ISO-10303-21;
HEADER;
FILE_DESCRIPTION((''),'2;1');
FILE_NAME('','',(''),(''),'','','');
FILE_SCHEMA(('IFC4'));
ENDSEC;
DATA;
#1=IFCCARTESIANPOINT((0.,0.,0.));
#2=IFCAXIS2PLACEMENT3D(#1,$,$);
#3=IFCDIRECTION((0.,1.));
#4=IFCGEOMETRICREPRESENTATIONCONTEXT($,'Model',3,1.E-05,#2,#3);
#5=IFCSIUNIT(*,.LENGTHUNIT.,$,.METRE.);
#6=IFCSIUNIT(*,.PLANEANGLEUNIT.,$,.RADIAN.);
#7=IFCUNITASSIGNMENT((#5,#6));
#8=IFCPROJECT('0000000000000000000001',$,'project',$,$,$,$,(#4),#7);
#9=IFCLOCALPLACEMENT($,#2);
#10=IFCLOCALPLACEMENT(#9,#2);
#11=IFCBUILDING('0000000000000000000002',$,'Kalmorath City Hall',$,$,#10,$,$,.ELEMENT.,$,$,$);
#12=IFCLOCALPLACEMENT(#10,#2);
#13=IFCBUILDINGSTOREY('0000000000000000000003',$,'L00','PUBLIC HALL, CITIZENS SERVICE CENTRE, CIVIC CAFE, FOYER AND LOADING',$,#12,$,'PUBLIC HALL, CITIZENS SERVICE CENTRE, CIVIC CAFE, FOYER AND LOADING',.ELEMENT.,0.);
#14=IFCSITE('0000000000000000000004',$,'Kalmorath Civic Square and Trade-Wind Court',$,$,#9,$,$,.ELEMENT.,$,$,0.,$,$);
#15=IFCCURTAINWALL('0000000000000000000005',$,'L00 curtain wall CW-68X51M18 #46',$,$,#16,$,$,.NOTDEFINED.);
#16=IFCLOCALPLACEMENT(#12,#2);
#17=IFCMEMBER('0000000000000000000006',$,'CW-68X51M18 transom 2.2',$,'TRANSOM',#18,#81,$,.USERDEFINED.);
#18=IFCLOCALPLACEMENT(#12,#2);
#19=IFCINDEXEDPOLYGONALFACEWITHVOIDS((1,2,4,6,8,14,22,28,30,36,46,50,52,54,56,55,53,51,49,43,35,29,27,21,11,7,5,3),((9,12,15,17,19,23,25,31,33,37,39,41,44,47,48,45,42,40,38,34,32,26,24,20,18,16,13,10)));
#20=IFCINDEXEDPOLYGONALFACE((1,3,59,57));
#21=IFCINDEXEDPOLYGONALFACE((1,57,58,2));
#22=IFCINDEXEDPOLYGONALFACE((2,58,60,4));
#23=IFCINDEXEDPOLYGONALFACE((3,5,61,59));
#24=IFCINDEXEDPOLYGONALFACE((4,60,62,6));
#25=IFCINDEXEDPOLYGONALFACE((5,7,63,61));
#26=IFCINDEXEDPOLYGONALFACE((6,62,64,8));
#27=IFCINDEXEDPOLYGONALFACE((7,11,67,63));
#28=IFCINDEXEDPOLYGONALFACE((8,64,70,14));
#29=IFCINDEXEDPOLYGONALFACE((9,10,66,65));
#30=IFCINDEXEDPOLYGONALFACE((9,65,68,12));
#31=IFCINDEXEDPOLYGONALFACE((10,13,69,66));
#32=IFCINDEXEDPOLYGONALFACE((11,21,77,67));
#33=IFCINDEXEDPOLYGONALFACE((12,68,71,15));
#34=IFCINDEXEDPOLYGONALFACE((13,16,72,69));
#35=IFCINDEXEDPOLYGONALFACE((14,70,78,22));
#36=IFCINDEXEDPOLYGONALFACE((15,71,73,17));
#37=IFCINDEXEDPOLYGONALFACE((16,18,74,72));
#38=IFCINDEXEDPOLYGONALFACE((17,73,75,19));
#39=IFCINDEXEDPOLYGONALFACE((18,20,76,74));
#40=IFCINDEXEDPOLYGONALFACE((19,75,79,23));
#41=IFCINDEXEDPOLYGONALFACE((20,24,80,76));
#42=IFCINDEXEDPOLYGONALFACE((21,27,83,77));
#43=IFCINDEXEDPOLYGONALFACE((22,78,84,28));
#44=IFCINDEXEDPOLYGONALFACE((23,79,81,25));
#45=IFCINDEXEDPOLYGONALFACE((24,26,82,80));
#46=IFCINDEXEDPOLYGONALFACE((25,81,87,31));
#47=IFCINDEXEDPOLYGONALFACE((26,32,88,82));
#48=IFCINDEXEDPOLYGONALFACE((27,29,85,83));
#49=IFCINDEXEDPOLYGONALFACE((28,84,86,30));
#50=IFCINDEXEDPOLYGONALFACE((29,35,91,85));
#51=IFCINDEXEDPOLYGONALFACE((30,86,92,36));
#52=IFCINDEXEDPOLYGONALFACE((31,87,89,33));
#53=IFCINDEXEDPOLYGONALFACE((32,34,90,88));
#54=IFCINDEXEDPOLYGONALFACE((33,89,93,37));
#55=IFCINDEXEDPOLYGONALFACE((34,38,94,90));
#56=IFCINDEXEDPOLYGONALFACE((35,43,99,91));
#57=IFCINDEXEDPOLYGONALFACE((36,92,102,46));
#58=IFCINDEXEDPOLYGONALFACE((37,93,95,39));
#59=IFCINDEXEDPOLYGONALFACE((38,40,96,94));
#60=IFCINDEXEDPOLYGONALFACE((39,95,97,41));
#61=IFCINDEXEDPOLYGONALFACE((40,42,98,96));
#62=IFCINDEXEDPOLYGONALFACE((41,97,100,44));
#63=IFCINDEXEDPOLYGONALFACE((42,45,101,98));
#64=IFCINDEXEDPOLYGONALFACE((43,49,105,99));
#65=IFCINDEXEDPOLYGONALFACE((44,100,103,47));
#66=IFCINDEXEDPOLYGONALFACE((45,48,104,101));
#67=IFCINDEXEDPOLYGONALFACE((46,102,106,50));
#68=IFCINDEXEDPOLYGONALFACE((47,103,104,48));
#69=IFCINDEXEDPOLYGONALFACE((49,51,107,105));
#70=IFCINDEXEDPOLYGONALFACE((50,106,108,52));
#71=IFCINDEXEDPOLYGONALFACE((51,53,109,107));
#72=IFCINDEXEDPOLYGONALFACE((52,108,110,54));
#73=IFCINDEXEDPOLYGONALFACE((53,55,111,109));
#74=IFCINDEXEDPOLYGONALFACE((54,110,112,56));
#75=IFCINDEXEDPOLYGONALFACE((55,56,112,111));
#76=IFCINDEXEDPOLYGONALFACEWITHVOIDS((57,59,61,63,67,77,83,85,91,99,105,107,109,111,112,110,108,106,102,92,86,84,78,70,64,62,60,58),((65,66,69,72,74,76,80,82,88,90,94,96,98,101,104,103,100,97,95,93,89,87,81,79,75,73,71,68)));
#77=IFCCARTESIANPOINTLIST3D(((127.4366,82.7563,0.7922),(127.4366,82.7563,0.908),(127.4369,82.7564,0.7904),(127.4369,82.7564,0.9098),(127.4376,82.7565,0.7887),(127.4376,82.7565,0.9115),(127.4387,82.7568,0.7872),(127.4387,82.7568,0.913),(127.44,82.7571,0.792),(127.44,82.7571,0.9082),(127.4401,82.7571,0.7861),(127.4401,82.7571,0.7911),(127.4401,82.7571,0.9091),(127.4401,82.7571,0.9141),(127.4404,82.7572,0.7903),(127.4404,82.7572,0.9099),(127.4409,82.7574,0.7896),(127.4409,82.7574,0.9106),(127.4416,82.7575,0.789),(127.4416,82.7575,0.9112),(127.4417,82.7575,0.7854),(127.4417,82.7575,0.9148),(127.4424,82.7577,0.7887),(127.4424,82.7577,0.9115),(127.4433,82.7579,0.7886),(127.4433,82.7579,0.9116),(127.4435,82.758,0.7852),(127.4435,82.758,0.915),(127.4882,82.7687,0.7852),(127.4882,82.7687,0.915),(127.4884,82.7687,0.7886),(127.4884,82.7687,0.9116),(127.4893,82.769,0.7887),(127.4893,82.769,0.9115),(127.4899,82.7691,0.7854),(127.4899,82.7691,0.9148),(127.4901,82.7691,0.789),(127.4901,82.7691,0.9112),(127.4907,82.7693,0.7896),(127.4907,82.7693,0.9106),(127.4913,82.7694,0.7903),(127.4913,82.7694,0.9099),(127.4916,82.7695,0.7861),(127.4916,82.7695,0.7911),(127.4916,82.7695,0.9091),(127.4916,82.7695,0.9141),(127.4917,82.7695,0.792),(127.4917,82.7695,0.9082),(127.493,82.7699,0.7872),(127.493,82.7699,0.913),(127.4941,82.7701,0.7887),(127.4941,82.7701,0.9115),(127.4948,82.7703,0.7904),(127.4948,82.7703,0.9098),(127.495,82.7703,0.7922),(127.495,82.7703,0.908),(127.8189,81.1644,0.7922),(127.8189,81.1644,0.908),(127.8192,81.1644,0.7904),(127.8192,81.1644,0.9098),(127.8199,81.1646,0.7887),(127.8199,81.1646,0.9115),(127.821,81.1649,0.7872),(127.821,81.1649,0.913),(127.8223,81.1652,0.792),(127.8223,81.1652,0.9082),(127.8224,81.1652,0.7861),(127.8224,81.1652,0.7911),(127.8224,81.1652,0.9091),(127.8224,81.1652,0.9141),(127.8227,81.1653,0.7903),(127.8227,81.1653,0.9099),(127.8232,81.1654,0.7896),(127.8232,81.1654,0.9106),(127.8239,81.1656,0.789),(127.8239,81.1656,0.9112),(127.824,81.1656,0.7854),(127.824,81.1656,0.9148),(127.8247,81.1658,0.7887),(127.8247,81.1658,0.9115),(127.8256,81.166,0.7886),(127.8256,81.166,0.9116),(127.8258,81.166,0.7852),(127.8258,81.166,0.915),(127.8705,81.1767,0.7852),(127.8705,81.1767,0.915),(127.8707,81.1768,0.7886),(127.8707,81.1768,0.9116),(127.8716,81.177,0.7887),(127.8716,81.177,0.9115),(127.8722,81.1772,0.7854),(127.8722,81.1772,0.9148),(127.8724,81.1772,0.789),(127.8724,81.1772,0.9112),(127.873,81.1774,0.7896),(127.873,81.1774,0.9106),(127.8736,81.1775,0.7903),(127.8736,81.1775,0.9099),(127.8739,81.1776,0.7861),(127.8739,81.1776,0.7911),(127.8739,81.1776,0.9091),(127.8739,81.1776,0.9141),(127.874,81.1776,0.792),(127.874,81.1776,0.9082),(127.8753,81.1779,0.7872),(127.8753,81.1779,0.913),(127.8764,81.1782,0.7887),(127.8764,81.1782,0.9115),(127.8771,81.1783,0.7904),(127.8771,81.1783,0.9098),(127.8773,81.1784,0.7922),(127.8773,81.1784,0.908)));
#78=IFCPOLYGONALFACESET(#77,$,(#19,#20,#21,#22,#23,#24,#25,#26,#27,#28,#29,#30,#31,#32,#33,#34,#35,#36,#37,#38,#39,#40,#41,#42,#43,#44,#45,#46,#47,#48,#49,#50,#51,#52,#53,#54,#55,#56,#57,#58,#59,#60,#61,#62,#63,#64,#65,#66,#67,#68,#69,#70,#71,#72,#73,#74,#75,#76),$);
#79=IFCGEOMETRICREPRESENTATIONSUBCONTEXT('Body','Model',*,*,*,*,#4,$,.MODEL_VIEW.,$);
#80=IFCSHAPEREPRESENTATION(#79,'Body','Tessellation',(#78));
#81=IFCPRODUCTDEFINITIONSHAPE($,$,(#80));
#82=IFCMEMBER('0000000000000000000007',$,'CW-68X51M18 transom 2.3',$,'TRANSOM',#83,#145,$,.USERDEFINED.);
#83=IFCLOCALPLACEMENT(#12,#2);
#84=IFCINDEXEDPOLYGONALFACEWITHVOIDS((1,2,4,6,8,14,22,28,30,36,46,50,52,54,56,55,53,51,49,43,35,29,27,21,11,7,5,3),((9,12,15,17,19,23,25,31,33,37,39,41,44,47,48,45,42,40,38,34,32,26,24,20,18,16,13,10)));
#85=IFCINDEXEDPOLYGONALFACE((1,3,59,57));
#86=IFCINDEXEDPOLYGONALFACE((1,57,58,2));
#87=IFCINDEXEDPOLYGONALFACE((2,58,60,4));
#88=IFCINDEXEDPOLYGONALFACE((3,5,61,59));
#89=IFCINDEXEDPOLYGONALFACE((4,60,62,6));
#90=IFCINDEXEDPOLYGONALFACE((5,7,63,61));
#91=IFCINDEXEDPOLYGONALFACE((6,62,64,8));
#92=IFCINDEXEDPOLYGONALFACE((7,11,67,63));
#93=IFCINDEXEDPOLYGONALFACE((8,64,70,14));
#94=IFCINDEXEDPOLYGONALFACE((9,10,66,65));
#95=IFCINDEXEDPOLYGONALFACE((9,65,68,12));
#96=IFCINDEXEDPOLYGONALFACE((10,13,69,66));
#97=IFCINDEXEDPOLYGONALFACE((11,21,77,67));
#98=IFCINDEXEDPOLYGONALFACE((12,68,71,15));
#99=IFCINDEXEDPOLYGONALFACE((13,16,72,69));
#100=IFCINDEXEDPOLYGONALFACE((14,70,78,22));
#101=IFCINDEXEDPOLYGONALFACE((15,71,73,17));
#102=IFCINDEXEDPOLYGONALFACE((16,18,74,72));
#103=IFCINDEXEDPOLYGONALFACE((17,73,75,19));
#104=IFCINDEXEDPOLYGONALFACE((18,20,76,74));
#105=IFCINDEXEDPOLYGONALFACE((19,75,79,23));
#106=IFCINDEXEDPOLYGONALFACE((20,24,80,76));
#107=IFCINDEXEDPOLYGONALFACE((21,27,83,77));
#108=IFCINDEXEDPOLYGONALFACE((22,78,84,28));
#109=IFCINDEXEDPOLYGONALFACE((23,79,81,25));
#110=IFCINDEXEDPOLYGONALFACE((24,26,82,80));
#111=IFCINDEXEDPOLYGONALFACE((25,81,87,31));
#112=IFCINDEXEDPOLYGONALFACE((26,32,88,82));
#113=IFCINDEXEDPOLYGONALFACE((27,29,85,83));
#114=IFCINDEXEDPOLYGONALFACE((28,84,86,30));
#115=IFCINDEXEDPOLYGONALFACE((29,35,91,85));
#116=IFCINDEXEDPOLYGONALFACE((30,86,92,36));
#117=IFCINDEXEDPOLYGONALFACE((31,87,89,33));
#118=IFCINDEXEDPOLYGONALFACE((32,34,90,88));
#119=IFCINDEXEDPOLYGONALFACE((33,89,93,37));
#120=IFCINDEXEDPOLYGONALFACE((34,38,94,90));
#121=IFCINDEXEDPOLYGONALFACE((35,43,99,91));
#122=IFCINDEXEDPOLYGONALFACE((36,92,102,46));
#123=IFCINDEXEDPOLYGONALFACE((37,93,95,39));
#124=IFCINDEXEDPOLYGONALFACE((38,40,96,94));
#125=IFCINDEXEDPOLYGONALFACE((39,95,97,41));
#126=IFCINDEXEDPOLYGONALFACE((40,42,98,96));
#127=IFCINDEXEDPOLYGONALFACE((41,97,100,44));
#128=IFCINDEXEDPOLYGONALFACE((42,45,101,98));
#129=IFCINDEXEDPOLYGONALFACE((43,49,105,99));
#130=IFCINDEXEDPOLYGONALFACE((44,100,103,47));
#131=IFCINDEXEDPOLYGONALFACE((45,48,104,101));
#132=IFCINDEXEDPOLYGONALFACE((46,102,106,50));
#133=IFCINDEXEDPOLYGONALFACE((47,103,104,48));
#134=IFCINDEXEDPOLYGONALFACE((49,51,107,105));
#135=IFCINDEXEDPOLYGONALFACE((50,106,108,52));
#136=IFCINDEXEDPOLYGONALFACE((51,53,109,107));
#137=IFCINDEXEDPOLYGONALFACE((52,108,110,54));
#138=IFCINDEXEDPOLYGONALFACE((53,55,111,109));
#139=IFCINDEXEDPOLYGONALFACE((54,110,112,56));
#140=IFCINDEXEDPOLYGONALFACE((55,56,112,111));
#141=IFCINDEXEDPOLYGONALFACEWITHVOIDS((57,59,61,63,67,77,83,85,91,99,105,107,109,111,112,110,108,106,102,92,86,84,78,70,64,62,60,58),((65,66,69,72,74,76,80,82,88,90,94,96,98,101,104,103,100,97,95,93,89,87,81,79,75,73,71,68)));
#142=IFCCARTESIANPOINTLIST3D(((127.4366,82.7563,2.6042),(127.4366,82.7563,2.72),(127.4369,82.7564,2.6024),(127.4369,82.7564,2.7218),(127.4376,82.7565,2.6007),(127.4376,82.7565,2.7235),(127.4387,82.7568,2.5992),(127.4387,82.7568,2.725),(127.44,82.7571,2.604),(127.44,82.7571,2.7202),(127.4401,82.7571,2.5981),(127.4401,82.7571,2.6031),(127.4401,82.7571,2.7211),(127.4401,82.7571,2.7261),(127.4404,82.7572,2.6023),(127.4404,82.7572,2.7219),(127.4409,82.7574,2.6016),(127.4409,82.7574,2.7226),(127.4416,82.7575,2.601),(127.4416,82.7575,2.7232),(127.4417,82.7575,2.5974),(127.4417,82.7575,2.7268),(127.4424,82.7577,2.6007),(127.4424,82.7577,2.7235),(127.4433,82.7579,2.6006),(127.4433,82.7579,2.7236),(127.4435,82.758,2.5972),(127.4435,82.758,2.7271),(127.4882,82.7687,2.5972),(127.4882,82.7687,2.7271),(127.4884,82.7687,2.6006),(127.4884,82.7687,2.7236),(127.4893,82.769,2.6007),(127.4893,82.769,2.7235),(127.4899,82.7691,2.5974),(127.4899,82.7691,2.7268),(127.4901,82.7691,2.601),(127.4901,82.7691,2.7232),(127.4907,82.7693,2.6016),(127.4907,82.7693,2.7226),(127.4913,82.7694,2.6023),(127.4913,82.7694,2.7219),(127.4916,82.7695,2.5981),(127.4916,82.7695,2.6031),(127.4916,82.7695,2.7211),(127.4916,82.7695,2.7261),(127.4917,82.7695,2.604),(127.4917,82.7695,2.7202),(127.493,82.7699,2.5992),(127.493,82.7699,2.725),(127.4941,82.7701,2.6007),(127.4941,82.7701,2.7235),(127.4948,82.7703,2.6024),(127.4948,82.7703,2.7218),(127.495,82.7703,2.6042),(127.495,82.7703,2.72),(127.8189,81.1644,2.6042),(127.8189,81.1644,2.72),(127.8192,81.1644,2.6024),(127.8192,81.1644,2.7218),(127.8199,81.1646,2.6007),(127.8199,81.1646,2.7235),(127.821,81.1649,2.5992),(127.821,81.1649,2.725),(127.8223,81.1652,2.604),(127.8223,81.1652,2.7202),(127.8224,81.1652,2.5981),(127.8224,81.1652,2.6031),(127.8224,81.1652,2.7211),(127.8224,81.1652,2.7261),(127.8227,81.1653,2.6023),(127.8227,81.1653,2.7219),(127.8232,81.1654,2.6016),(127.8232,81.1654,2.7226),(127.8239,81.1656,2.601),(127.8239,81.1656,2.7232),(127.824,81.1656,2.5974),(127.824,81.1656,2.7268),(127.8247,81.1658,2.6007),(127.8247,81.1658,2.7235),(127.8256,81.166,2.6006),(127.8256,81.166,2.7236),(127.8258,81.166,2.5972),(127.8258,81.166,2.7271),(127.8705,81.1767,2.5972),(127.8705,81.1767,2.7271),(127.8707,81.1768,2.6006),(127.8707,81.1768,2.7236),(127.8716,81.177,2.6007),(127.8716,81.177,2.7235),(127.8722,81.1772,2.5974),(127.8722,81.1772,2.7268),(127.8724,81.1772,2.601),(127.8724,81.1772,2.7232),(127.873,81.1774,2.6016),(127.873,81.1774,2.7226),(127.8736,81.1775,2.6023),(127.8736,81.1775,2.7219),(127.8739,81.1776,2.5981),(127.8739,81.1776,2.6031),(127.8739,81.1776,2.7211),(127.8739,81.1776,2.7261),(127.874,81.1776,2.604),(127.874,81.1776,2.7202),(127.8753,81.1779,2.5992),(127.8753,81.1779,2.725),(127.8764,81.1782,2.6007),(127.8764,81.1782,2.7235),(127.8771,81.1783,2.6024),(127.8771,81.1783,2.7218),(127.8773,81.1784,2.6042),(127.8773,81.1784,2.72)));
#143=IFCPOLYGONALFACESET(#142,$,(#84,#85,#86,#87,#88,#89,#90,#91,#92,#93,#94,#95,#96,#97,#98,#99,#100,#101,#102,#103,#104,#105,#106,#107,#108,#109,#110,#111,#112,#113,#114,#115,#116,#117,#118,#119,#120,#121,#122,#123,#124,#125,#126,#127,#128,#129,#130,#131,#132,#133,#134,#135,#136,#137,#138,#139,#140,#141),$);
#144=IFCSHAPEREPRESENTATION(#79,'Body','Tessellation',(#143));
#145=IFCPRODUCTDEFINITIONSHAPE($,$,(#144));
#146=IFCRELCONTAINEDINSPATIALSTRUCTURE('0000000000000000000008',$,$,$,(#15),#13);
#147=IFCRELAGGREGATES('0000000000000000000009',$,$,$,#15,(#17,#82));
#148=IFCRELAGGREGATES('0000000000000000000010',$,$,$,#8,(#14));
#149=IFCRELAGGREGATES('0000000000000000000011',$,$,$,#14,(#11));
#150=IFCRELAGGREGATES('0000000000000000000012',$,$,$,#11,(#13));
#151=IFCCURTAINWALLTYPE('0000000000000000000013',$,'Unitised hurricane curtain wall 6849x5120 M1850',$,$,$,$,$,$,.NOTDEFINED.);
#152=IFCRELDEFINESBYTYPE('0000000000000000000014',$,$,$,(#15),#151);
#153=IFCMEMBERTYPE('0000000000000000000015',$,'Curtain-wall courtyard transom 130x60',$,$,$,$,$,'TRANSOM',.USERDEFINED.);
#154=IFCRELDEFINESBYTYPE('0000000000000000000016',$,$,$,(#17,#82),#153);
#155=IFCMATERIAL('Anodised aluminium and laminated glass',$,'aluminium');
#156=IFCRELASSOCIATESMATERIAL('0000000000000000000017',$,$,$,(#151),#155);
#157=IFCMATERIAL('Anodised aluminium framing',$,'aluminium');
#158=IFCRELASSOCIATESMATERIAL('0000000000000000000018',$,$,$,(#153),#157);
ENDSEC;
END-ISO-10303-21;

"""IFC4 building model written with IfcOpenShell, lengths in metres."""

from ifc_helpers import new_model, si_unit, direction, frame, origin, origin_2d, place, context, subcontext, project, spatial, hollow_rectangle, extrude, material, material_profile, profile_set, type_object, element, aggregate, save


model = new_model("IFC4")

# Units and contexts
model_context = context("Model", 3, precision=1e-05, world=origin(), true_north=direction((0.0, 1.0)))
body_context = subcontext(model_context, "Body", "Model", "MODEL_VIEW")
ifc_project = project(units=[si_unit("LENGTHUNIT", "METRE"), si_unit("PLANEANGLEUNIT", "RADIAN")], contexts=[model_context])

# Site, building, storey
site_placement = place(None, origin())
site = spatial("IfcSite", under=ifc_project, at=site_placement, Name="Kalmorath Civic Square and Trade-Wind Court", CompositionType="ELEMENT", RefElevation=0.0)
building_placement = place(site_placement, origin())
building = spatial("IfcBuilding", under=site, at=building_placement, Name="Kalmorath City Hall", CompositionType="ELEMENT")
storey_placement = place(building_placement, origin())
storey = spatial("IfcBuildingStorey", under=building, at=storey_placement, Name="L00", Description="PUBLIC HALL, CITIZENS SERVICE CENTRE, CIVIC CAFE, FOYER AND LOADING", LongName="PUBLIC HALL, CITIZENS SERVICE CENTRE, CIVIC CAFE, FOYER AND LOADING", CompositionType="ELEMENT", Elevation=0.0)

# Curtain wall, members
ifc_material_1 = material(Name="Anodised aluminium and laminated glass", Category="aluminium")
curtain_wall_type = type_object("IfcCurtainWallType", Name="Unitised hurricane curtain wall 6849x5120 M1850", PredefinedType="NOTDEFINED", material=ifc_material_1)
ifc_material_2 = material(Name="Anodised aluminium framing", Category="aluminium")
ifc_material_profile_1 = material_profile(ifc_material_2, hollow_rectangle(XDim=0.0601, YDim=0.1299, WallThickness=0.0034, InnerFilletRadius=0.0034, OuterFilletRadius=0.0071, at=origin_2d()), Name="ALU-TRN-130X60X3.5")
ifc_profile_set_1 = profile_set([ifc_material_profile_1], Name="Anodised aluminium framing")
member_type_1 = type_object("IfcMemberType", Name="Curtain-wall courtyard transom 130x60", ElementType="TRANSOM", PredefinedType="USERDEFINED", material=ifc_profile_set_1)
curtain_wall_1_placement = place(storey_placement, origin())
curtain_wall_1 = element("IfcCurtainWall", 1, at=curtain_wall_1_placement, inside=storey, type_object=curtain_wall_type, Name="L00 curtain wall CW-68X51M18 #46", PredefinedType="NOTDEFINED")
member_1_placement = place(storey_placement, frame((127.8481, 81.1714, 0.8501), z_axis=(-0.233508, 0.972355, 0.0), x_axis=(-0.972355, -0.233508, 0.0)))
member_1 = element("IfcMember", 2, at=member_1_placement, type_object=member_type_1, Name="CW-68X51M18 transom 2.2", ObjectType="TRANSOM", PredefinedType="USERDEFINED", context=body_context, shape_type="SweptSolid", body=[
    extrude(hollow_rectangle(XDim=0.0601, YDim=0.1299, WallThickness=0.0034, InnerFilletRadius=0.0034, OuterFilletRadius=0.0071, at=origin_2d()), origin(), (0.0, 0.0, 1.0), 1.6372),
])
member_2_placement = place(storey_placement, frame((127.8481, 81.1714, 2.6621), z_axis=(-0.233508, 0.972355, 0.0), x_axis=(-0.972355, -0.233508, 0.0)))
member_2 = element("IfcMember", 3, at=member_2_placement, type_object=member_type_1, Name="CW-68X51M18 transom 2.3", ObjectType="TRANSOM", PredefinedType="USERDEFINED", context=body_context, shape_type="SweptSolid", body=[
    extrude(hollow_rectangle(XDim=0.0601, YDim=0.1299, WallThickness=0.0034, InnerFilletRadius=0.0034, OuterFilletRadius=0.0071, at=origin_2d()), origin(), (0.0, 0.0, 1.0), 1.6372),
])

aggregate(curtain_wall_1, [member_1, member_2])

save(model, "model.ifc")
